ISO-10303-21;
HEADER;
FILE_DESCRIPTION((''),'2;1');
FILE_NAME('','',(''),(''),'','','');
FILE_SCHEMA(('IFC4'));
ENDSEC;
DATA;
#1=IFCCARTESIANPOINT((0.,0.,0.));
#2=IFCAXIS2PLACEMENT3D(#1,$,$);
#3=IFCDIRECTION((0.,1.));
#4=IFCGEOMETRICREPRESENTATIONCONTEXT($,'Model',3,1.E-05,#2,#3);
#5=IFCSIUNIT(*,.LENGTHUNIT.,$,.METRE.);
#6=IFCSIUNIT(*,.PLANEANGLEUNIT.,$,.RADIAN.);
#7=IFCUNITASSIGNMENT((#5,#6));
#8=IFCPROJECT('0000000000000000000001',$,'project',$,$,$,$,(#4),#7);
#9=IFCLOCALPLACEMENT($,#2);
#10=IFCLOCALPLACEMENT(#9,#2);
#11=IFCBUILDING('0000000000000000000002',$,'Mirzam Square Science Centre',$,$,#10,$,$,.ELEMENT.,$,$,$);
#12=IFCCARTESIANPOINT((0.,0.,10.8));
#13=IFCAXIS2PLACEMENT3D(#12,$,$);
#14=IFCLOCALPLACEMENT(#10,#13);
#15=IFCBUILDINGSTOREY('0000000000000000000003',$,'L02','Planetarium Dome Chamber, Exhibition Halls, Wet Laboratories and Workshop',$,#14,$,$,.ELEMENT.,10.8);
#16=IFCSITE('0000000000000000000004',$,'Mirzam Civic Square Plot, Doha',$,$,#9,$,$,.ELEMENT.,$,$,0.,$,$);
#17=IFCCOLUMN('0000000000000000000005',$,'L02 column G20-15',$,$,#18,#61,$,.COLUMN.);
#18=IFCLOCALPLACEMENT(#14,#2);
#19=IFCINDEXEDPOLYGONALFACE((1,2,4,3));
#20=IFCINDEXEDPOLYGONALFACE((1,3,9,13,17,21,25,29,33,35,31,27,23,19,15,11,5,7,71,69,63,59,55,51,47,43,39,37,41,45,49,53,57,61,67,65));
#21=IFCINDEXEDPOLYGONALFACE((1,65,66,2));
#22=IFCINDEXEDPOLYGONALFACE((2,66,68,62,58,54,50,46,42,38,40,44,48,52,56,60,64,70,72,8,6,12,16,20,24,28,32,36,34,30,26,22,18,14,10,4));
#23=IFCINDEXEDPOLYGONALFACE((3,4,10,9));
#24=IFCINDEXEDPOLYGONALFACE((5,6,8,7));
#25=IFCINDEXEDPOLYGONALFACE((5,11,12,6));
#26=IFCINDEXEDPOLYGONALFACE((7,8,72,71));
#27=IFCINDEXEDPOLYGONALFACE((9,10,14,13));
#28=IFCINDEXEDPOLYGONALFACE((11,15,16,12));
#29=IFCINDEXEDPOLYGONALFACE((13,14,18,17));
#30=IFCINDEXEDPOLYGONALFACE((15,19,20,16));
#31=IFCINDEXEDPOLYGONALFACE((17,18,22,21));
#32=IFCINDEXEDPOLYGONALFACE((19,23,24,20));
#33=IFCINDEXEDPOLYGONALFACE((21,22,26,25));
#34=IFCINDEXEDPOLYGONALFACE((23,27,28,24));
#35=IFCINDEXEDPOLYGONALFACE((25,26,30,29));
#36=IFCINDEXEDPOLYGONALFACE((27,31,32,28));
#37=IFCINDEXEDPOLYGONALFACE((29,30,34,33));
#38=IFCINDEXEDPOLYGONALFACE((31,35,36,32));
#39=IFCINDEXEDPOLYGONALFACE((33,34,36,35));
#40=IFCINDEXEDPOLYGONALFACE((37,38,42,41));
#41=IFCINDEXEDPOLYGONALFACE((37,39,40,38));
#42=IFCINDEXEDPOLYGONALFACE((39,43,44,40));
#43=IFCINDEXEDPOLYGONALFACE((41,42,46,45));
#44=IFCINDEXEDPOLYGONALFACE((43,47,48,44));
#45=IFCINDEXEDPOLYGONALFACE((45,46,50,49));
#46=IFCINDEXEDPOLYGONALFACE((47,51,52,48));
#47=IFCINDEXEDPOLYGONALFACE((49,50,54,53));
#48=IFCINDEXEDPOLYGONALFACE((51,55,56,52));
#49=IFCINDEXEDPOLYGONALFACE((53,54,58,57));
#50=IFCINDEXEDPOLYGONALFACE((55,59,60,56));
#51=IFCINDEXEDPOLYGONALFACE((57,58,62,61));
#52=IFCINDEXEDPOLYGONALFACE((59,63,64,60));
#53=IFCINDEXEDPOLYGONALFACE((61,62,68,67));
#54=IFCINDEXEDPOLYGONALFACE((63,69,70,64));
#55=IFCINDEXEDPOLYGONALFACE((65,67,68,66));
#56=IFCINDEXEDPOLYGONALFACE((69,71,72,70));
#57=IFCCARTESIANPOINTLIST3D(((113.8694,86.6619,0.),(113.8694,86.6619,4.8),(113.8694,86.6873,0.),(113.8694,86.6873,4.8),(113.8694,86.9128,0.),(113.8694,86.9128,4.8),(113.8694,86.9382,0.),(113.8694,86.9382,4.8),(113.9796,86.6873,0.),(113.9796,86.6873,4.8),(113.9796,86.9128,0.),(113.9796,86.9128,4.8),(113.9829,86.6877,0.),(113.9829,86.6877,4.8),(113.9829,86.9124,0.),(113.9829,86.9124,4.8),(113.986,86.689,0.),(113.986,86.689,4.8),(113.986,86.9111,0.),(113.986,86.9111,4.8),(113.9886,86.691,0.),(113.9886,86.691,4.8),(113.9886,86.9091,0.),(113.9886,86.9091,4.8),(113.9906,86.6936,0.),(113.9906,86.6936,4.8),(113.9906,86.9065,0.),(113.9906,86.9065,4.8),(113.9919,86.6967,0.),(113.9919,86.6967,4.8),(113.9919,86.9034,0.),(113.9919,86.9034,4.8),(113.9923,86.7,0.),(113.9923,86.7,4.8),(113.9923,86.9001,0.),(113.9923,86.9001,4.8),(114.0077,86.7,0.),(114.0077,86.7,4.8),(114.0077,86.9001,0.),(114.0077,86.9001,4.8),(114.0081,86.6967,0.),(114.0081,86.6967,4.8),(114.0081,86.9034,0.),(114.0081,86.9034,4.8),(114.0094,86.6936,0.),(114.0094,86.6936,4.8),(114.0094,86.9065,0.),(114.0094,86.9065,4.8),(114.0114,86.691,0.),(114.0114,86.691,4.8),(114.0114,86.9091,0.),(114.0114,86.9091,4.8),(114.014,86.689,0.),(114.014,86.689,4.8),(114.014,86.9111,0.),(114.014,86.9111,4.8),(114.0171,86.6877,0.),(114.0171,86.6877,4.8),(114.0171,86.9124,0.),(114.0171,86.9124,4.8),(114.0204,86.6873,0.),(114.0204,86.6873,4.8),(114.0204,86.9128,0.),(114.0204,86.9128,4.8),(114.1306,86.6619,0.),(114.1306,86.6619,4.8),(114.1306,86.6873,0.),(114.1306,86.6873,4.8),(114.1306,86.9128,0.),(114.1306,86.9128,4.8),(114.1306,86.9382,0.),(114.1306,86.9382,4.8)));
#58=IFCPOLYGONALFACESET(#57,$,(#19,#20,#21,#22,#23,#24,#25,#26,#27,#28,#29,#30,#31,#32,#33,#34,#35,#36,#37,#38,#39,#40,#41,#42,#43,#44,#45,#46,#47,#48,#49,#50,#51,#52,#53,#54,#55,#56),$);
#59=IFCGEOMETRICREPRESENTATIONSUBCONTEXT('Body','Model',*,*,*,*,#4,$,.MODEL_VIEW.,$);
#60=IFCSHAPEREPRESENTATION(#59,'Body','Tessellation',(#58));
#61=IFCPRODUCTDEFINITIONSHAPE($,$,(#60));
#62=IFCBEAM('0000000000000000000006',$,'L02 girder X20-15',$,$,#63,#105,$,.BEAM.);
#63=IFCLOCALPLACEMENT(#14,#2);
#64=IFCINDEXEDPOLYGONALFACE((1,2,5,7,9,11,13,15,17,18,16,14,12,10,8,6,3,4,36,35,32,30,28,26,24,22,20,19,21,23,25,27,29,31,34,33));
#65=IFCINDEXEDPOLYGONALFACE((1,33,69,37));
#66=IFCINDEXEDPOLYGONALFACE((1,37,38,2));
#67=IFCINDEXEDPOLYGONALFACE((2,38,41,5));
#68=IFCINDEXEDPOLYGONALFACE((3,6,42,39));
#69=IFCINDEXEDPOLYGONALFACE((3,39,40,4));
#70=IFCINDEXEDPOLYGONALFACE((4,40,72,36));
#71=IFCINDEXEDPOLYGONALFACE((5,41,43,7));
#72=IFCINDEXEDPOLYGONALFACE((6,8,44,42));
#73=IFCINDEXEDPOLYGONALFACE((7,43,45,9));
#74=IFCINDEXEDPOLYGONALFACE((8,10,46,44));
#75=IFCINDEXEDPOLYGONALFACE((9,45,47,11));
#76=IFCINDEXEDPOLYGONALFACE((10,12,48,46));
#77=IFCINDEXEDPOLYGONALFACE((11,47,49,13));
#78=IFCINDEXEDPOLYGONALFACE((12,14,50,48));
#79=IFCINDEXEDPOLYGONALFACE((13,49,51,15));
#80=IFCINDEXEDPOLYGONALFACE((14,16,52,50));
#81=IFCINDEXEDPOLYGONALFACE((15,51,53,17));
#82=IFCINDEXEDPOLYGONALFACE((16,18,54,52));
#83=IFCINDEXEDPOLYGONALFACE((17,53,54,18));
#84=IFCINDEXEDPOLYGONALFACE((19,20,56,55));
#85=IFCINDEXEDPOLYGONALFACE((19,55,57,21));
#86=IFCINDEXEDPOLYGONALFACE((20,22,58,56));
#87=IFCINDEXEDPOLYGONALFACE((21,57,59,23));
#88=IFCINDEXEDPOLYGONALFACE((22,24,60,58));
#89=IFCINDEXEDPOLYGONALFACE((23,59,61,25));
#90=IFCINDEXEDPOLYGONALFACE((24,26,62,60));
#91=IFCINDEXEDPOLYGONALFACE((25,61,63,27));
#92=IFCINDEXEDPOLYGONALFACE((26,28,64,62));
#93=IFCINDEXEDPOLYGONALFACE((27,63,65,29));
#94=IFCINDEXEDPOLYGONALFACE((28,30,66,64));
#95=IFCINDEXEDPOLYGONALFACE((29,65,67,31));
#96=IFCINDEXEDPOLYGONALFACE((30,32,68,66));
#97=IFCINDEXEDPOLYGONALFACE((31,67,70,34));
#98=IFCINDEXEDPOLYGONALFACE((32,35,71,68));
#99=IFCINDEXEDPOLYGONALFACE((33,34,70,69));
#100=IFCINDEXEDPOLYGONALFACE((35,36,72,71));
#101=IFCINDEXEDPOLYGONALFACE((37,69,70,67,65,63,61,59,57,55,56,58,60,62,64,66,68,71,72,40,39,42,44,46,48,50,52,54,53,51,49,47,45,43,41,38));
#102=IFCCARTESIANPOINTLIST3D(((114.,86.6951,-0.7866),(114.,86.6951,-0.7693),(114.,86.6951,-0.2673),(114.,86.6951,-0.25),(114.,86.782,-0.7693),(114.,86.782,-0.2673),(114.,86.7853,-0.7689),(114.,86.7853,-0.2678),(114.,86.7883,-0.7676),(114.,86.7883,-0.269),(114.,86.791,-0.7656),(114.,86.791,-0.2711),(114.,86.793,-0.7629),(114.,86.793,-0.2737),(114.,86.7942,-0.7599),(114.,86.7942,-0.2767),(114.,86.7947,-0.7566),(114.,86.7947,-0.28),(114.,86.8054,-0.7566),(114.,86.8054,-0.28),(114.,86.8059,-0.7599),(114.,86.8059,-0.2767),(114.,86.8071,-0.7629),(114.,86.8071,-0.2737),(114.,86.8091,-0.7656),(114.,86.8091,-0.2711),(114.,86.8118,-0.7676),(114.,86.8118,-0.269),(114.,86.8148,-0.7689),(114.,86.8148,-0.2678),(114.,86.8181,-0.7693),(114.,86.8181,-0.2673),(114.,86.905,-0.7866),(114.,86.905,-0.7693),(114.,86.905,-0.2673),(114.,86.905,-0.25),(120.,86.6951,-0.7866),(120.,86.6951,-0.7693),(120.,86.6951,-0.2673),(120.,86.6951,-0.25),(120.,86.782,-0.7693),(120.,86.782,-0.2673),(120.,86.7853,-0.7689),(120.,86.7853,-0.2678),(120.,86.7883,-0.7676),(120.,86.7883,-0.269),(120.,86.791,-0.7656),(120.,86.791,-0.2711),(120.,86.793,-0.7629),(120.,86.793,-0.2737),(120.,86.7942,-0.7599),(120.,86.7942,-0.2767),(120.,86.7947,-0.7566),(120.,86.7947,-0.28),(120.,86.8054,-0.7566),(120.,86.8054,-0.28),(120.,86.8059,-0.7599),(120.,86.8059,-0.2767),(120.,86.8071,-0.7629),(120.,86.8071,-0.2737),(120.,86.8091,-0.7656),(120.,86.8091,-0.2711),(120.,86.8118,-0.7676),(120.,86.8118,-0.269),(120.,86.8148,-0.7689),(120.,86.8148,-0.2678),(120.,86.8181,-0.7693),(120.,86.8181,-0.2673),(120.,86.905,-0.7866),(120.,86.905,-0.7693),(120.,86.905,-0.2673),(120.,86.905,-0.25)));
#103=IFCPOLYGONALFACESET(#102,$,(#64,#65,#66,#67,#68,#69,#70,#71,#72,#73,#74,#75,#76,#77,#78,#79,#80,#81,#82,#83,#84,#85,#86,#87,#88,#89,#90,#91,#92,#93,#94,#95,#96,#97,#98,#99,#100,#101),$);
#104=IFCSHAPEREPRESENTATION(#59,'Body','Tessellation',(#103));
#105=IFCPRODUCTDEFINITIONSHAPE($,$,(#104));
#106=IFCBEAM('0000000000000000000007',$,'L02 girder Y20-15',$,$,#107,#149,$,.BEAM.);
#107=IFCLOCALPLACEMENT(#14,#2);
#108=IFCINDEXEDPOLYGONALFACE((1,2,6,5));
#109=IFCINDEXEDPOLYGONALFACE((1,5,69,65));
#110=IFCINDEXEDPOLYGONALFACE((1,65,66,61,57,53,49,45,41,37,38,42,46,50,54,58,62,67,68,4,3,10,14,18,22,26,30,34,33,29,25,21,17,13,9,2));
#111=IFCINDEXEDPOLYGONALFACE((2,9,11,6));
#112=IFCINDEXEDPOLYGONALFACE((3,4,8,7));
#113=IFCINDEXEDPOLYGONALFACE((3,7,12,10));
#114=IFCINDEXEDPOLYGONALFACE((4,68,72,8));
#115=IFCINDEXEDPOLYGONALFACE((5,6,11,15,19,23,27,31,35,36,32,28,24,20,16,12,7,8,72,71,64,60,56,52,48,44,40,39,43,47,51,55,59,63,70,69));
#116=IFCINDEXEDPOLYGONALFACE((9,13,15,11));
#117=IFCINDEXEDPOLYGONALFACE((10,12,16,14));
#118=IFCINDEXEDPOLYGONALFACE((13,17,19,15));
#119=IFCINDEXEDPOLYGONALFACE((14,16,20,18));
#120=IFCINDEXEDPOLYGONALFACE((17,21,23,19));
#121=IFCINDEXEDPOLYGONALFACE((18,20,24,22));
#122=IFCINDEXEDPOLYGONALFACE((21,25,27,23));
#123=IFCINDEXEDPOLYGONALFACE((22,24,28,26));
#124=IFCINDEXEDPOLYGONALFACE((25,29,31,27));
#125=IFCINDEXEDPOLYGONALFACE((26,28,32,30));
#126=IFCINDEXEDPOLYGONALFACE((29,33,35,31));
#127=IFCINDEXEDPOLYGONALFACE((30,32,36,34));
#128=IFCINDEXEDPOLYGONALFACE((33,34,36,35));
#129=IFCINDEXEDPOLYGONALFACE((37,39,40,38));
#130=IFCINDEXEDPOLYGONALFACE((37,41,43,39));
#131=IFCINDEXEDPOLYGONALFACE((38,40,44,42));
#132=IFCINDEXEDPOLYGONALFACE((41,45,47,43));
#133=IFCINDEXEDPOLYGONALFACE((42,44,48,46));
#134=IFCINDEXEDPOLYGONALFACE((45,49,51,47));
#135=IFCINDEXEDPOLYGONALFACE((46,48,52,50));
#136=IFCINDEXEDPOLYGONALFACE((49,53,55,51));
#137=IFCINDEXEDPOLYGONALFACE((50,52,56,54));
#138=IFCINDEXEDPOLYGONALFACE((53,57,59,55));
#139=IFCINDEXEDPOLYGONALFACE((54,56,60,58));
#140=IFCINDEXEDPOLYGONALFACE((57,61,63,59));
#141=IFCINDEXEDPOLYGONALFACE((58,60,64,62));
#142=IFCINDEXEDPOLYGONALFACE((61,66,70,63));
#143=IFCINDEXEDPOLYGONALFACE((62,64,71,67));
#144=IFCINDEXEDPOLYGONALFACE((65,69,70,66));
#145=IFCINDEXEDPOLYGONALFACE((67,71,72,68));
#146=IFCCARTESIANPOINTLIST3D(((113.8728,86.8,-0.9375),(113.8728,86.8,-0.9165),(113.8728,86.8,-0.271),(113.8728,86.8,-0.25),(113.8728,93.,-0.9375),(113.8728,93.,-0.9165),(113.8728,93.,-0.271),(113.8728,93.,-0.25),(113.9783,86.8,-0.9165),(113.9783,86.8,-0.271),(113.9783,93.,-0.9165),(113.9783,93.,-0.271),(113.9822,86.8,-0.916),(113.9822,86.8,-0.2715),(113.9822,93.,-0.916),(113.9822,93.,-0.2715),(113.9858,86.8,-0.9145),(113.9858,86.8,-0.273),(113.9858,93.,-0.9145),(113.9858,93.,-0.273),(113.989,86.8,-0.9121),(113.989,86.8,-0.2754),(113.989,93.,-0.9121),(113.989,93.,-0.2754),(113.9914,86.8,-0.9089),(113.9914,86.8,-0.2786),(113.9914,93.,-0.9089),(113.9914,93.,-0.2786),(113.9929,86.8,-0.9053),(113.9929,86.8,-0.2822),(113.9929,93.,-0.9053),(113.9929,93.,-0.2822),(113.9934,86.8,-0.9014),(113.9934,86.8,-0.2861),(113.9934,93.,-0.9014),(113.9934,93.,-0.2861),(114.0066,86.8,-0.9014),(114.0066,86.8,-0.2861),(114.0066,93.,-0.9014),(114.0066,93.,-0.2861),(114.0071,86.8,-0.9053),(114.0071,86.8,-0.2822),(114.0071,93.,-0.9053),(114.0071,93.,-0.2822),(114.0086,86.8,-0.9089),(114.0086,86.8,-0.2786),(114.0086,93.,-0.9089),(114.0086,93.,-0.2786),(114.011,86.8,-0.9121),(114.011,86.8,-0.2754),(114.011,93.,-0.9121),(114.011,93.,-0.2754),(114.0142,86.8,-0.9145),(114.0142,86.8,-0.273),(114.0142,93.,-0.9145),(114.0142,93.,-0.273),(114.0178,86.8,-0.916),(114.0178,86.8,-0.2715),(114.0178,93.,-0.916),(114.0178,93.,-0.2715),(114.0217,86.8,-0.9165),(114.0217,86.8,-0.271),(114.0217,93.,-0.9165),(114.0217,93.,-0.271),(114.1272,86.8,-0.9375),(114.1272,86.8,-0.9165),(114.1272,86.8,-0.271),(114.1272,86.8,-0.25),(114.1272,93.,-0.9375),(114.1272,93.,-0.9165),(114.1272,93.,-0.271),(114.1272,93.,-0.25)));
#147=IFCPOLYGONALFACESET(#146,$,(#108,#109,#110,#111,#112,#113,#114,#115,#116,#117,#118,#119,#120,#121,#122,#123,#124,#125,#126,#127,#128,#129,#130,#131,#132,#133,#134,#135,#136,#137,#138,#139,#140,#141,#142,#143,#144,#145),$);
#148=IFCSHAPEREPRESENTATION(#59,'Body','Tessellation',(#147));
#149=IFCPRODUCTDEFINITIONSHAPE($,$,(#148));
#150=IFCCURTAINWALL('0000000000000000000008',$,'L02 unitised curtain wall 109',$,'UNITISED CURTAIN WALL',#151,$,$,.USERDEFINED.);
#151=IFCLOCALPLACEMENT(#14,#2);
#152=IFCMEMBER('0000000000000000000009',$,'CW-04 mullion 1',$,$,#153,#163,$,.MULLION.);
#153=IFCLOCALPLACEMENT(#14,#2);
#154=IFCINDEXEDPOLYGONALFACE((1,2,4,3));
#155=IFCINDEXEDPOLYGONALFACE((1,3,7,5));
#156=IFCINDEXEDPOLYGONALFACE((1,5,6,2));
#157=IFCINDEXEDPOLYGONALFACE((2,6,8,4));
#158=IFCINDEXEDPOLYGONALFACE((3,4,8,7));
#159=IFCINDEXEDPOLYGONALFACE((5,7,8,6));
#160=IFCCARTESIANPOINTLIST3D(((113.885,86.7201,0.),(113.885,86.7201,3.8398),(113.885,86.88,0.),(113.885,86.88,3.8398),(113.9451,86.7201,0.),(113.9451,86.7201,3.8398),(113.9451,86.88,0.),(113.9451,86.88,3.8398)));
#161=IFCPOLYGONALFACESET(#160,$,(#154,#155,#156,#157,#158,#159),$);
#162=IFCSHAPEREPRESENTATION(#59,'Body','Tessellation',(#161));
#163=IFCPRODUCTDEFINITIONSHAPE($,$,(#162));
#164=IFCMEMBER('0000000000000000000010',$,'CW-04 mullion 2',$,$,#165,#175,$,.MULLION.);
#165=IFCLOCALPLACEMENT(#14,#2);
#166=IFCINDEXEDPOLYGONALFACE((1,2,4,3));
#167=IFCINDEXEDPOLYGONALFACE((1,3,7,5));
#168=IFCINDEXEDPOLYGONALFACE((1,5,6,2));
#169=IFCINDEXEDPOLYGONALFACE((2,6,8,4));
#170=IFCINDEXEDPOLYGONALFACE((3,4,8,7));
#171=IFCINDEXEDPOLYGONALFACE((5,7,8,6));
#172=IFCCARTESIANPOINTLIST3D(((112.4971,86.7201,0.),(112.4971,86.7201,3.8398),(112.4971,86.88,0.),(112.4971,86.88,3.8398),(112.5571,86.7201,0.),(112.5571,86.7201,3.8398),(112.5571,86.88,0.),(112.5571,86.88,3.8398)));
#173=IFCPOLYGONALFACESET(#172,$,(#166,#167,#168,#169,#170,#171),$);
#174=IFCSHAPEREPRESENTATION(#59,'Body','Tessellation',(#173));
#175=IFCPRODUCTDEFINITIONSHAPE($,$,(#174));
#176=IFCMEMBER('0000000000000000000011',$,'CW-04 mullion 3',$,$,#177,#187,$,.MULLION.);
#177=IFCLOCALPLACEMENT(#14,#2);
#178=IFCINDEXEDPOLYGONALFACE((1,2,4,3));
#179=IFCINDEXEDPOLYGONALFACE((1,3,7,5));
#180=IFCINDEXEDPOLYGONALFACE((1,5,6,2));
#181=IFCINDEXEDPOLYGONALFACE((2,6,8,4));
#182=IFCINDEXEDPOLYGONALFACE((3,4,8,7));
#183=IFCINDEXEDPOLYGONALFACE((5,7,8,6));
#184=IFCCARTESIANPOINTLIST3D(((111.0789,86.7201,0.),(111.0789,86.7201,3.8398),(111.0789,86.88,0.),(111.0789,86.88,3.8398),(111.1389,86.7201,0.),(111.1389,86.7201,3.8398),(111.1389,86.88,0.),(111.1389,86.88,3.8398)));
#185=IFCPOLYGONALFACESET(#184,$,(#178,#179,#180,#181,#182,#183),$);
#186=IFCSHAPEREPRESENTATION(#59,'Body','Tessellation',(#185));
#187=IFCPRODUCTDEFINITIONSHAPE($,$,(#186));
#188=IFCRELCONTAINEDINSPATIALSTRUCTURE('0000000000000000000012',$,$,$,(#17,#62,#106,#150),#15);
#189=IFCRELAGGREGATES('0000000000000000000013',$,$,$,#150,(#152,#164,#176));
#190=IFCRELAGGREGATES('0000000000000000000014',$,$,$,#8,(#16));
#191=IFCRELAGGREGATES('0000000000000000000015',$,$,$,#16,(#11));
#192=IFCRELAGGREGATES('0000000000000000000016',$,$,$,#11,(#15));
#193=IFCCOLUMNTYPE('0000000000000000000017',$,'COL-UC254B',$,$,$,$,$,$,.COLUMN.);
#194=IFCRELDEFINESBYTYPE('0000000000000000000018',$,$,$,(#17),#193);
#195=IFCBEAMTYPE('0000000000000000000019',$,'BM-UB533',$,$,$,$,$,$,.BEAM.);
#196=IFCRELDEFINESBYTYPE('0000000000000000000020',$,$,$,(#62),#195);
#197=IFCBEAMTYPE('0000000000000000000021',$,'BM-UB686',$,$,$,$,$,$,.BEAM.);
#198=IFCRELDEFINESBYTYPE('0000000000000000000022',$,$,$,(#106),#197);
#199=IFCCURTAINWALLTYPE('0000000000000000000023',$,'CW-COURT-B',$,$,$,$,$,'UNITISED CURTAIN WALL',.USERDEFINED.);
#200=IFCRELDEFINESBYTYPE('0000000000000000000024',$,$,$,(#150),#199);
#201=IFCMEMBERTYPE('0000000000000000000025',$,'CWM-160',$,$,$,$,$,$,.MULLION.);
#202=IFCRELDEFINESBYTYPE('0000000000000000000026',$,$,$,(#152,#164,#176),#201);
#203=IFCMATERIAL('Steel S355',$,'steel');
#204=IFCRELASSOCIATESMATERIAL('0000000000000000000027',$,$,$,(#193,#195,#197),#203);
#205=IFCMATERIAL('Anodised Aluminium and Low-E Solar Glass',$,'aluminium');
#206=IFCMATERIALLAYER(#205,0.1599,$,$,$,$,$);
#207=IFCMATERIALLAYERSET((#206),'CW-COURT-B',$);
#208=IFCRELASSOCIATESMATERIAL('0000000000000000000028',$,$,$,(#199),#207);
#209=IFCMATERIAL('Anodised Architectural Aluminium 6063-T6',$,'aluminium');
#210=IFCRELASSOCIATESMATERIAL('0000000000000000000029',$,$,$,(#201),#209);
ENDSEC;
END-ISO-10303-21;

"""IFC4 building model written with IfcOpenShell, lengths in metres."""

from ifc_helpers import new_model, si_unit, direction, frame, origin, origin_2d, place, context, subcontext, project, spatial, rectangle, i_section, extrude, material, layer, layer_set, material_profile, profile_set, type_object, element, aggregate, save


model = new_model("IFC4")

# Units and contexts
model_context = context("Model", 3, precision=1e-05, world=origin(), true_north=direction((0.0, 1.0)))
body_context = subcontext(model_context, "Body", "Model", "MODEL_VIEW")
ifc_project = project(units=[si_unit("LENGTHUNIT", "METRE"), si_unit("PLANEANGLEUNIT", "RADIAN")], contexts=[model_context])

# Site, building, storey
site_placement = place(None, origin())
site = spatial("IfcSite", under=ifc_project, at=site_placement, Name="Mirzam Civic Square Plot, Doha", CompositionType="ELEMENT", RefElevation=0.0)
building_placement = place(site_placement, origin())
building = spatial("IfcBuilding", under=site, at=building_placement, Name="Mirzam Square Science Centre", CompositionType="ELEMENT")
storey_placement = place(building_placement, frame((0.0, 0.0, 10.8)))
storey = spatial("IfcBuildingStorey", under=building, at=storey_placement, Name="L02", Description="Planetarium Dome Chamber, Exhibition Halls, Wet Laboratories and Workshop", CompositionType="ELEMENT", Elevation=10.8)

# Column
ifc_material_1 = material(Name="Steel S355", Category="steel")
ifc_material_profile_1 = material_profile(ifc_material_1, i_section(OverallWidth=0.2612, OverallDepth=0.2764, WebThickness=0.0154, FlangeThickness=0.0254, FilletRadius=0.0127, at=origin_2d()), Name="254x254x132UC")
ifc_profile_set_1 = profile_set([ifc_material_profile_1], Name="Steel S355")
column_type = type_object("IfcColumnType", Name="COL-UC254B", PredefinedType="COLUMN", material=ifc_profile_set_1)
column_placement = place(storey_placement, frame((114.0, 86.8, 0.0), z_axis=(0.0, 0.0, 1.0), x_axis=(1.0, 0.0, 0.0)))
element("IfcColumn", 1, at=column_placement, inside=storey, type_object=column_type, Name="L02 column G20-15", PredefinedType="COLUMN", context=body_context, shape_type="SweptSolid", body=[
    extrude(i_section(OverallWidth=0.2612, OverallDepth=0.2764, WebThickness=0.0154, FlangeThickness=0.0254, FilletRadius=0.0127, at=origin_2d()), origin(), (0.0, 0.0, 1.0), 4.8),
])

# Beams
ifc_material_profile_2 = material_profile(ifc_material_1, i_section(OverallWidth=0.21, OverallDepth=0.5366, WebThickness=0.0107, FlangeThickness=0.0173, FilletRadius=0.0127, at=origin_2d()), Name="533x210x101UB")
ifc_profile_set_2 = profile_set([ifc_material_profile_2], Name="Steel S355")
beam_type_1 = type_object("IfcBeamType", Name="BM-UB533", PredefinedType="BEAM", material=ifc_profile_set_2)
beam_1_placement = place(storey_placement, frame((114.0, 86.8, -0.5183), z_axis=(1.0, 0.0, 0.0), x_axis=(0.0, 1.0, 0.0)))
element("IfcBeam", 2, at=beam_1_placement, inside=storey, type_object=beam_type_1, Name="L02 girder X20-15", PredefinedType="BEAM", context=body_context, shape_type="SweptSolid", body=[
    extrude(i_section(OverallWidth=0.21, OverallDepth=0.5366, WebThickness=0.0107, FlangeThickness=0.0173, FilletRadius=0.0127, at=origin_2d()), origin(), (0.0, 0.0, 1.0), 6.0),
])
ifc_material_profile_3 = material_profile(ifc_material_1, i_section(OverallWidth=0.2544, OverallDepth=0.6875, WebThickness=0.0132, FlangeThickness=0.021, FilletRadius=0.0151, at=origin_2d()), Name="686x254x152UB")
ifc_profile_set_3 = profile_set([ifc_material_profile_3], Name="Steel S355")
beam_type_2 = type_object("IfcBeamType", Name="BM-UB686", PredefinedType="BEAM", material=ifc_profile_set_3)
beam_2_placement = place(storey_placement, frame((114.0, 86.8, -0.5938), z_axis=(0.0, 1.0, 0.0), x_axis=(-1.0, 0.0, 0.0)))
element("IfcBeam", 3, at=beam_2_placement, inside=storey, type_object=beam_type_2, Name="L02 girder Y20-15", PredefinedType="BEAM", context=body_context, shape_type="SweptSolid", body=[
    extrude(i_section(OverallWidth=0.2544, OverallDepth=0.6875, WebThickness=0.0132, FlangeThickness=0.021, FilletRadius=0.0151, at=origin_2d()), origin(), (0.0, 0.0, 1.0), 6.2),
])

# Curtain wall, members
ifc_material_2 = material(Name="Anodised Aluminium and Low-E Solar Glass", Category="aluminium")
ifc_layer_1 = layer(ifc_material_2, 0.1599)
ifc_layer_set_1 = layer_set([ifc_layer_1], Name="CW-COURT-B")
curtain_wall_type_1 = type_object("IfcCurtainWallType", Name="CW-COURT-B", ElementType="UNITISED CURTAIN WALL", PredefinedType="USERDEFINED", material=ifc_layer_set_1)
curtain_wall_1_placement = place(storey_placement, origin())
curtain_wall_1 = element("IfcCurtainWall", 4, at=curtain_wall_1_placement, inside=storey, type_object=curtain_wall_type_1, Name="L02 unitised curtain wall 109", ObjectType="UNITISED CURTAIN WALL", PredefinedType="USERDEFINED")
ifc_material_3 = material(Name="Anodised Architectural Aluminium 6063-T6", Category="aluminium")
ifc_material_profile_4 = material_profile(ifc_material_3, rectangle(XDim=0.0601, YDim=0.1599, at=origin_2d()), Name="ALU-MULL-160x60x4")
ifc_profile_set_4 = profile_set([ifc_material_profile_4], Name="Anodised Architectural Aluminium 6063-T6")
member_type_1 = type_object("IfcMemberType", Name="CWM-160", PredefinedType="MULLION", material=ifc_profile_set_4)
member_1_placement = place(storey_placement, frame((113.915, 86.8, 0.0), z_axis=(0.0, 0.0, 1.0), x_axis=(-1.0, 0.0, 0.0)))
member_1 = element("IfcMember", 5, at=member_1_placement, type_object=member_type_1, Name="CW-04 mullion 1", PredefinedType="MULLION", context=body_context, shape_type="SweptSolid", body=[
    extrude(rectangle(XDim=0.0601, YDim=0.1599, at=origin_2d()), origin(), (0.0, 0.0, 1.0), 3.8398),
])
member_2_placement = place(storey_placement, frame((112.5271, 86.8, 0.0), z_axis=(0.0, 0.0, 1.0), x_axis=(-1.0, 0.0, 0.0)))
member_2 = element("IfcMember", 6, at=member_2_placement, type_object=member_type_1, Name="CW-04 mullion 2", PredefinedType="MULLION", context=body_context, shape_type="SweptSolid", body=[
    extrude(rectangle(XDim=0.0601, YDim=0.1599, at=origin_2d()), origin(), (0.0, 0.0, 1.0), 3.8398),
])
member_3_placement = place(storey_placement, frame((111.1089, 86.8, 0.0), z_axis=(0.0, 0.0, 1.0), x_axis=(-1.0, 0.0, 0.0)))
member_3 = element("IfcMember", 7, at=member_3_placement, type_object=member_type_1, Name="CW-04 mullion 3", PredefinedType="MULLION", context=body_context, shape_type="SweptSolid", body=[
    extrude(rectangle(XDim=0.0601, YDim=0.1599, at=origin_2d()), origin(), (0.0, 0.0, 1.0), 3.8398),
])

aggregate(curtain_wall_1, [member_1, member_2, member_3])

save(model, "model.ifc")
